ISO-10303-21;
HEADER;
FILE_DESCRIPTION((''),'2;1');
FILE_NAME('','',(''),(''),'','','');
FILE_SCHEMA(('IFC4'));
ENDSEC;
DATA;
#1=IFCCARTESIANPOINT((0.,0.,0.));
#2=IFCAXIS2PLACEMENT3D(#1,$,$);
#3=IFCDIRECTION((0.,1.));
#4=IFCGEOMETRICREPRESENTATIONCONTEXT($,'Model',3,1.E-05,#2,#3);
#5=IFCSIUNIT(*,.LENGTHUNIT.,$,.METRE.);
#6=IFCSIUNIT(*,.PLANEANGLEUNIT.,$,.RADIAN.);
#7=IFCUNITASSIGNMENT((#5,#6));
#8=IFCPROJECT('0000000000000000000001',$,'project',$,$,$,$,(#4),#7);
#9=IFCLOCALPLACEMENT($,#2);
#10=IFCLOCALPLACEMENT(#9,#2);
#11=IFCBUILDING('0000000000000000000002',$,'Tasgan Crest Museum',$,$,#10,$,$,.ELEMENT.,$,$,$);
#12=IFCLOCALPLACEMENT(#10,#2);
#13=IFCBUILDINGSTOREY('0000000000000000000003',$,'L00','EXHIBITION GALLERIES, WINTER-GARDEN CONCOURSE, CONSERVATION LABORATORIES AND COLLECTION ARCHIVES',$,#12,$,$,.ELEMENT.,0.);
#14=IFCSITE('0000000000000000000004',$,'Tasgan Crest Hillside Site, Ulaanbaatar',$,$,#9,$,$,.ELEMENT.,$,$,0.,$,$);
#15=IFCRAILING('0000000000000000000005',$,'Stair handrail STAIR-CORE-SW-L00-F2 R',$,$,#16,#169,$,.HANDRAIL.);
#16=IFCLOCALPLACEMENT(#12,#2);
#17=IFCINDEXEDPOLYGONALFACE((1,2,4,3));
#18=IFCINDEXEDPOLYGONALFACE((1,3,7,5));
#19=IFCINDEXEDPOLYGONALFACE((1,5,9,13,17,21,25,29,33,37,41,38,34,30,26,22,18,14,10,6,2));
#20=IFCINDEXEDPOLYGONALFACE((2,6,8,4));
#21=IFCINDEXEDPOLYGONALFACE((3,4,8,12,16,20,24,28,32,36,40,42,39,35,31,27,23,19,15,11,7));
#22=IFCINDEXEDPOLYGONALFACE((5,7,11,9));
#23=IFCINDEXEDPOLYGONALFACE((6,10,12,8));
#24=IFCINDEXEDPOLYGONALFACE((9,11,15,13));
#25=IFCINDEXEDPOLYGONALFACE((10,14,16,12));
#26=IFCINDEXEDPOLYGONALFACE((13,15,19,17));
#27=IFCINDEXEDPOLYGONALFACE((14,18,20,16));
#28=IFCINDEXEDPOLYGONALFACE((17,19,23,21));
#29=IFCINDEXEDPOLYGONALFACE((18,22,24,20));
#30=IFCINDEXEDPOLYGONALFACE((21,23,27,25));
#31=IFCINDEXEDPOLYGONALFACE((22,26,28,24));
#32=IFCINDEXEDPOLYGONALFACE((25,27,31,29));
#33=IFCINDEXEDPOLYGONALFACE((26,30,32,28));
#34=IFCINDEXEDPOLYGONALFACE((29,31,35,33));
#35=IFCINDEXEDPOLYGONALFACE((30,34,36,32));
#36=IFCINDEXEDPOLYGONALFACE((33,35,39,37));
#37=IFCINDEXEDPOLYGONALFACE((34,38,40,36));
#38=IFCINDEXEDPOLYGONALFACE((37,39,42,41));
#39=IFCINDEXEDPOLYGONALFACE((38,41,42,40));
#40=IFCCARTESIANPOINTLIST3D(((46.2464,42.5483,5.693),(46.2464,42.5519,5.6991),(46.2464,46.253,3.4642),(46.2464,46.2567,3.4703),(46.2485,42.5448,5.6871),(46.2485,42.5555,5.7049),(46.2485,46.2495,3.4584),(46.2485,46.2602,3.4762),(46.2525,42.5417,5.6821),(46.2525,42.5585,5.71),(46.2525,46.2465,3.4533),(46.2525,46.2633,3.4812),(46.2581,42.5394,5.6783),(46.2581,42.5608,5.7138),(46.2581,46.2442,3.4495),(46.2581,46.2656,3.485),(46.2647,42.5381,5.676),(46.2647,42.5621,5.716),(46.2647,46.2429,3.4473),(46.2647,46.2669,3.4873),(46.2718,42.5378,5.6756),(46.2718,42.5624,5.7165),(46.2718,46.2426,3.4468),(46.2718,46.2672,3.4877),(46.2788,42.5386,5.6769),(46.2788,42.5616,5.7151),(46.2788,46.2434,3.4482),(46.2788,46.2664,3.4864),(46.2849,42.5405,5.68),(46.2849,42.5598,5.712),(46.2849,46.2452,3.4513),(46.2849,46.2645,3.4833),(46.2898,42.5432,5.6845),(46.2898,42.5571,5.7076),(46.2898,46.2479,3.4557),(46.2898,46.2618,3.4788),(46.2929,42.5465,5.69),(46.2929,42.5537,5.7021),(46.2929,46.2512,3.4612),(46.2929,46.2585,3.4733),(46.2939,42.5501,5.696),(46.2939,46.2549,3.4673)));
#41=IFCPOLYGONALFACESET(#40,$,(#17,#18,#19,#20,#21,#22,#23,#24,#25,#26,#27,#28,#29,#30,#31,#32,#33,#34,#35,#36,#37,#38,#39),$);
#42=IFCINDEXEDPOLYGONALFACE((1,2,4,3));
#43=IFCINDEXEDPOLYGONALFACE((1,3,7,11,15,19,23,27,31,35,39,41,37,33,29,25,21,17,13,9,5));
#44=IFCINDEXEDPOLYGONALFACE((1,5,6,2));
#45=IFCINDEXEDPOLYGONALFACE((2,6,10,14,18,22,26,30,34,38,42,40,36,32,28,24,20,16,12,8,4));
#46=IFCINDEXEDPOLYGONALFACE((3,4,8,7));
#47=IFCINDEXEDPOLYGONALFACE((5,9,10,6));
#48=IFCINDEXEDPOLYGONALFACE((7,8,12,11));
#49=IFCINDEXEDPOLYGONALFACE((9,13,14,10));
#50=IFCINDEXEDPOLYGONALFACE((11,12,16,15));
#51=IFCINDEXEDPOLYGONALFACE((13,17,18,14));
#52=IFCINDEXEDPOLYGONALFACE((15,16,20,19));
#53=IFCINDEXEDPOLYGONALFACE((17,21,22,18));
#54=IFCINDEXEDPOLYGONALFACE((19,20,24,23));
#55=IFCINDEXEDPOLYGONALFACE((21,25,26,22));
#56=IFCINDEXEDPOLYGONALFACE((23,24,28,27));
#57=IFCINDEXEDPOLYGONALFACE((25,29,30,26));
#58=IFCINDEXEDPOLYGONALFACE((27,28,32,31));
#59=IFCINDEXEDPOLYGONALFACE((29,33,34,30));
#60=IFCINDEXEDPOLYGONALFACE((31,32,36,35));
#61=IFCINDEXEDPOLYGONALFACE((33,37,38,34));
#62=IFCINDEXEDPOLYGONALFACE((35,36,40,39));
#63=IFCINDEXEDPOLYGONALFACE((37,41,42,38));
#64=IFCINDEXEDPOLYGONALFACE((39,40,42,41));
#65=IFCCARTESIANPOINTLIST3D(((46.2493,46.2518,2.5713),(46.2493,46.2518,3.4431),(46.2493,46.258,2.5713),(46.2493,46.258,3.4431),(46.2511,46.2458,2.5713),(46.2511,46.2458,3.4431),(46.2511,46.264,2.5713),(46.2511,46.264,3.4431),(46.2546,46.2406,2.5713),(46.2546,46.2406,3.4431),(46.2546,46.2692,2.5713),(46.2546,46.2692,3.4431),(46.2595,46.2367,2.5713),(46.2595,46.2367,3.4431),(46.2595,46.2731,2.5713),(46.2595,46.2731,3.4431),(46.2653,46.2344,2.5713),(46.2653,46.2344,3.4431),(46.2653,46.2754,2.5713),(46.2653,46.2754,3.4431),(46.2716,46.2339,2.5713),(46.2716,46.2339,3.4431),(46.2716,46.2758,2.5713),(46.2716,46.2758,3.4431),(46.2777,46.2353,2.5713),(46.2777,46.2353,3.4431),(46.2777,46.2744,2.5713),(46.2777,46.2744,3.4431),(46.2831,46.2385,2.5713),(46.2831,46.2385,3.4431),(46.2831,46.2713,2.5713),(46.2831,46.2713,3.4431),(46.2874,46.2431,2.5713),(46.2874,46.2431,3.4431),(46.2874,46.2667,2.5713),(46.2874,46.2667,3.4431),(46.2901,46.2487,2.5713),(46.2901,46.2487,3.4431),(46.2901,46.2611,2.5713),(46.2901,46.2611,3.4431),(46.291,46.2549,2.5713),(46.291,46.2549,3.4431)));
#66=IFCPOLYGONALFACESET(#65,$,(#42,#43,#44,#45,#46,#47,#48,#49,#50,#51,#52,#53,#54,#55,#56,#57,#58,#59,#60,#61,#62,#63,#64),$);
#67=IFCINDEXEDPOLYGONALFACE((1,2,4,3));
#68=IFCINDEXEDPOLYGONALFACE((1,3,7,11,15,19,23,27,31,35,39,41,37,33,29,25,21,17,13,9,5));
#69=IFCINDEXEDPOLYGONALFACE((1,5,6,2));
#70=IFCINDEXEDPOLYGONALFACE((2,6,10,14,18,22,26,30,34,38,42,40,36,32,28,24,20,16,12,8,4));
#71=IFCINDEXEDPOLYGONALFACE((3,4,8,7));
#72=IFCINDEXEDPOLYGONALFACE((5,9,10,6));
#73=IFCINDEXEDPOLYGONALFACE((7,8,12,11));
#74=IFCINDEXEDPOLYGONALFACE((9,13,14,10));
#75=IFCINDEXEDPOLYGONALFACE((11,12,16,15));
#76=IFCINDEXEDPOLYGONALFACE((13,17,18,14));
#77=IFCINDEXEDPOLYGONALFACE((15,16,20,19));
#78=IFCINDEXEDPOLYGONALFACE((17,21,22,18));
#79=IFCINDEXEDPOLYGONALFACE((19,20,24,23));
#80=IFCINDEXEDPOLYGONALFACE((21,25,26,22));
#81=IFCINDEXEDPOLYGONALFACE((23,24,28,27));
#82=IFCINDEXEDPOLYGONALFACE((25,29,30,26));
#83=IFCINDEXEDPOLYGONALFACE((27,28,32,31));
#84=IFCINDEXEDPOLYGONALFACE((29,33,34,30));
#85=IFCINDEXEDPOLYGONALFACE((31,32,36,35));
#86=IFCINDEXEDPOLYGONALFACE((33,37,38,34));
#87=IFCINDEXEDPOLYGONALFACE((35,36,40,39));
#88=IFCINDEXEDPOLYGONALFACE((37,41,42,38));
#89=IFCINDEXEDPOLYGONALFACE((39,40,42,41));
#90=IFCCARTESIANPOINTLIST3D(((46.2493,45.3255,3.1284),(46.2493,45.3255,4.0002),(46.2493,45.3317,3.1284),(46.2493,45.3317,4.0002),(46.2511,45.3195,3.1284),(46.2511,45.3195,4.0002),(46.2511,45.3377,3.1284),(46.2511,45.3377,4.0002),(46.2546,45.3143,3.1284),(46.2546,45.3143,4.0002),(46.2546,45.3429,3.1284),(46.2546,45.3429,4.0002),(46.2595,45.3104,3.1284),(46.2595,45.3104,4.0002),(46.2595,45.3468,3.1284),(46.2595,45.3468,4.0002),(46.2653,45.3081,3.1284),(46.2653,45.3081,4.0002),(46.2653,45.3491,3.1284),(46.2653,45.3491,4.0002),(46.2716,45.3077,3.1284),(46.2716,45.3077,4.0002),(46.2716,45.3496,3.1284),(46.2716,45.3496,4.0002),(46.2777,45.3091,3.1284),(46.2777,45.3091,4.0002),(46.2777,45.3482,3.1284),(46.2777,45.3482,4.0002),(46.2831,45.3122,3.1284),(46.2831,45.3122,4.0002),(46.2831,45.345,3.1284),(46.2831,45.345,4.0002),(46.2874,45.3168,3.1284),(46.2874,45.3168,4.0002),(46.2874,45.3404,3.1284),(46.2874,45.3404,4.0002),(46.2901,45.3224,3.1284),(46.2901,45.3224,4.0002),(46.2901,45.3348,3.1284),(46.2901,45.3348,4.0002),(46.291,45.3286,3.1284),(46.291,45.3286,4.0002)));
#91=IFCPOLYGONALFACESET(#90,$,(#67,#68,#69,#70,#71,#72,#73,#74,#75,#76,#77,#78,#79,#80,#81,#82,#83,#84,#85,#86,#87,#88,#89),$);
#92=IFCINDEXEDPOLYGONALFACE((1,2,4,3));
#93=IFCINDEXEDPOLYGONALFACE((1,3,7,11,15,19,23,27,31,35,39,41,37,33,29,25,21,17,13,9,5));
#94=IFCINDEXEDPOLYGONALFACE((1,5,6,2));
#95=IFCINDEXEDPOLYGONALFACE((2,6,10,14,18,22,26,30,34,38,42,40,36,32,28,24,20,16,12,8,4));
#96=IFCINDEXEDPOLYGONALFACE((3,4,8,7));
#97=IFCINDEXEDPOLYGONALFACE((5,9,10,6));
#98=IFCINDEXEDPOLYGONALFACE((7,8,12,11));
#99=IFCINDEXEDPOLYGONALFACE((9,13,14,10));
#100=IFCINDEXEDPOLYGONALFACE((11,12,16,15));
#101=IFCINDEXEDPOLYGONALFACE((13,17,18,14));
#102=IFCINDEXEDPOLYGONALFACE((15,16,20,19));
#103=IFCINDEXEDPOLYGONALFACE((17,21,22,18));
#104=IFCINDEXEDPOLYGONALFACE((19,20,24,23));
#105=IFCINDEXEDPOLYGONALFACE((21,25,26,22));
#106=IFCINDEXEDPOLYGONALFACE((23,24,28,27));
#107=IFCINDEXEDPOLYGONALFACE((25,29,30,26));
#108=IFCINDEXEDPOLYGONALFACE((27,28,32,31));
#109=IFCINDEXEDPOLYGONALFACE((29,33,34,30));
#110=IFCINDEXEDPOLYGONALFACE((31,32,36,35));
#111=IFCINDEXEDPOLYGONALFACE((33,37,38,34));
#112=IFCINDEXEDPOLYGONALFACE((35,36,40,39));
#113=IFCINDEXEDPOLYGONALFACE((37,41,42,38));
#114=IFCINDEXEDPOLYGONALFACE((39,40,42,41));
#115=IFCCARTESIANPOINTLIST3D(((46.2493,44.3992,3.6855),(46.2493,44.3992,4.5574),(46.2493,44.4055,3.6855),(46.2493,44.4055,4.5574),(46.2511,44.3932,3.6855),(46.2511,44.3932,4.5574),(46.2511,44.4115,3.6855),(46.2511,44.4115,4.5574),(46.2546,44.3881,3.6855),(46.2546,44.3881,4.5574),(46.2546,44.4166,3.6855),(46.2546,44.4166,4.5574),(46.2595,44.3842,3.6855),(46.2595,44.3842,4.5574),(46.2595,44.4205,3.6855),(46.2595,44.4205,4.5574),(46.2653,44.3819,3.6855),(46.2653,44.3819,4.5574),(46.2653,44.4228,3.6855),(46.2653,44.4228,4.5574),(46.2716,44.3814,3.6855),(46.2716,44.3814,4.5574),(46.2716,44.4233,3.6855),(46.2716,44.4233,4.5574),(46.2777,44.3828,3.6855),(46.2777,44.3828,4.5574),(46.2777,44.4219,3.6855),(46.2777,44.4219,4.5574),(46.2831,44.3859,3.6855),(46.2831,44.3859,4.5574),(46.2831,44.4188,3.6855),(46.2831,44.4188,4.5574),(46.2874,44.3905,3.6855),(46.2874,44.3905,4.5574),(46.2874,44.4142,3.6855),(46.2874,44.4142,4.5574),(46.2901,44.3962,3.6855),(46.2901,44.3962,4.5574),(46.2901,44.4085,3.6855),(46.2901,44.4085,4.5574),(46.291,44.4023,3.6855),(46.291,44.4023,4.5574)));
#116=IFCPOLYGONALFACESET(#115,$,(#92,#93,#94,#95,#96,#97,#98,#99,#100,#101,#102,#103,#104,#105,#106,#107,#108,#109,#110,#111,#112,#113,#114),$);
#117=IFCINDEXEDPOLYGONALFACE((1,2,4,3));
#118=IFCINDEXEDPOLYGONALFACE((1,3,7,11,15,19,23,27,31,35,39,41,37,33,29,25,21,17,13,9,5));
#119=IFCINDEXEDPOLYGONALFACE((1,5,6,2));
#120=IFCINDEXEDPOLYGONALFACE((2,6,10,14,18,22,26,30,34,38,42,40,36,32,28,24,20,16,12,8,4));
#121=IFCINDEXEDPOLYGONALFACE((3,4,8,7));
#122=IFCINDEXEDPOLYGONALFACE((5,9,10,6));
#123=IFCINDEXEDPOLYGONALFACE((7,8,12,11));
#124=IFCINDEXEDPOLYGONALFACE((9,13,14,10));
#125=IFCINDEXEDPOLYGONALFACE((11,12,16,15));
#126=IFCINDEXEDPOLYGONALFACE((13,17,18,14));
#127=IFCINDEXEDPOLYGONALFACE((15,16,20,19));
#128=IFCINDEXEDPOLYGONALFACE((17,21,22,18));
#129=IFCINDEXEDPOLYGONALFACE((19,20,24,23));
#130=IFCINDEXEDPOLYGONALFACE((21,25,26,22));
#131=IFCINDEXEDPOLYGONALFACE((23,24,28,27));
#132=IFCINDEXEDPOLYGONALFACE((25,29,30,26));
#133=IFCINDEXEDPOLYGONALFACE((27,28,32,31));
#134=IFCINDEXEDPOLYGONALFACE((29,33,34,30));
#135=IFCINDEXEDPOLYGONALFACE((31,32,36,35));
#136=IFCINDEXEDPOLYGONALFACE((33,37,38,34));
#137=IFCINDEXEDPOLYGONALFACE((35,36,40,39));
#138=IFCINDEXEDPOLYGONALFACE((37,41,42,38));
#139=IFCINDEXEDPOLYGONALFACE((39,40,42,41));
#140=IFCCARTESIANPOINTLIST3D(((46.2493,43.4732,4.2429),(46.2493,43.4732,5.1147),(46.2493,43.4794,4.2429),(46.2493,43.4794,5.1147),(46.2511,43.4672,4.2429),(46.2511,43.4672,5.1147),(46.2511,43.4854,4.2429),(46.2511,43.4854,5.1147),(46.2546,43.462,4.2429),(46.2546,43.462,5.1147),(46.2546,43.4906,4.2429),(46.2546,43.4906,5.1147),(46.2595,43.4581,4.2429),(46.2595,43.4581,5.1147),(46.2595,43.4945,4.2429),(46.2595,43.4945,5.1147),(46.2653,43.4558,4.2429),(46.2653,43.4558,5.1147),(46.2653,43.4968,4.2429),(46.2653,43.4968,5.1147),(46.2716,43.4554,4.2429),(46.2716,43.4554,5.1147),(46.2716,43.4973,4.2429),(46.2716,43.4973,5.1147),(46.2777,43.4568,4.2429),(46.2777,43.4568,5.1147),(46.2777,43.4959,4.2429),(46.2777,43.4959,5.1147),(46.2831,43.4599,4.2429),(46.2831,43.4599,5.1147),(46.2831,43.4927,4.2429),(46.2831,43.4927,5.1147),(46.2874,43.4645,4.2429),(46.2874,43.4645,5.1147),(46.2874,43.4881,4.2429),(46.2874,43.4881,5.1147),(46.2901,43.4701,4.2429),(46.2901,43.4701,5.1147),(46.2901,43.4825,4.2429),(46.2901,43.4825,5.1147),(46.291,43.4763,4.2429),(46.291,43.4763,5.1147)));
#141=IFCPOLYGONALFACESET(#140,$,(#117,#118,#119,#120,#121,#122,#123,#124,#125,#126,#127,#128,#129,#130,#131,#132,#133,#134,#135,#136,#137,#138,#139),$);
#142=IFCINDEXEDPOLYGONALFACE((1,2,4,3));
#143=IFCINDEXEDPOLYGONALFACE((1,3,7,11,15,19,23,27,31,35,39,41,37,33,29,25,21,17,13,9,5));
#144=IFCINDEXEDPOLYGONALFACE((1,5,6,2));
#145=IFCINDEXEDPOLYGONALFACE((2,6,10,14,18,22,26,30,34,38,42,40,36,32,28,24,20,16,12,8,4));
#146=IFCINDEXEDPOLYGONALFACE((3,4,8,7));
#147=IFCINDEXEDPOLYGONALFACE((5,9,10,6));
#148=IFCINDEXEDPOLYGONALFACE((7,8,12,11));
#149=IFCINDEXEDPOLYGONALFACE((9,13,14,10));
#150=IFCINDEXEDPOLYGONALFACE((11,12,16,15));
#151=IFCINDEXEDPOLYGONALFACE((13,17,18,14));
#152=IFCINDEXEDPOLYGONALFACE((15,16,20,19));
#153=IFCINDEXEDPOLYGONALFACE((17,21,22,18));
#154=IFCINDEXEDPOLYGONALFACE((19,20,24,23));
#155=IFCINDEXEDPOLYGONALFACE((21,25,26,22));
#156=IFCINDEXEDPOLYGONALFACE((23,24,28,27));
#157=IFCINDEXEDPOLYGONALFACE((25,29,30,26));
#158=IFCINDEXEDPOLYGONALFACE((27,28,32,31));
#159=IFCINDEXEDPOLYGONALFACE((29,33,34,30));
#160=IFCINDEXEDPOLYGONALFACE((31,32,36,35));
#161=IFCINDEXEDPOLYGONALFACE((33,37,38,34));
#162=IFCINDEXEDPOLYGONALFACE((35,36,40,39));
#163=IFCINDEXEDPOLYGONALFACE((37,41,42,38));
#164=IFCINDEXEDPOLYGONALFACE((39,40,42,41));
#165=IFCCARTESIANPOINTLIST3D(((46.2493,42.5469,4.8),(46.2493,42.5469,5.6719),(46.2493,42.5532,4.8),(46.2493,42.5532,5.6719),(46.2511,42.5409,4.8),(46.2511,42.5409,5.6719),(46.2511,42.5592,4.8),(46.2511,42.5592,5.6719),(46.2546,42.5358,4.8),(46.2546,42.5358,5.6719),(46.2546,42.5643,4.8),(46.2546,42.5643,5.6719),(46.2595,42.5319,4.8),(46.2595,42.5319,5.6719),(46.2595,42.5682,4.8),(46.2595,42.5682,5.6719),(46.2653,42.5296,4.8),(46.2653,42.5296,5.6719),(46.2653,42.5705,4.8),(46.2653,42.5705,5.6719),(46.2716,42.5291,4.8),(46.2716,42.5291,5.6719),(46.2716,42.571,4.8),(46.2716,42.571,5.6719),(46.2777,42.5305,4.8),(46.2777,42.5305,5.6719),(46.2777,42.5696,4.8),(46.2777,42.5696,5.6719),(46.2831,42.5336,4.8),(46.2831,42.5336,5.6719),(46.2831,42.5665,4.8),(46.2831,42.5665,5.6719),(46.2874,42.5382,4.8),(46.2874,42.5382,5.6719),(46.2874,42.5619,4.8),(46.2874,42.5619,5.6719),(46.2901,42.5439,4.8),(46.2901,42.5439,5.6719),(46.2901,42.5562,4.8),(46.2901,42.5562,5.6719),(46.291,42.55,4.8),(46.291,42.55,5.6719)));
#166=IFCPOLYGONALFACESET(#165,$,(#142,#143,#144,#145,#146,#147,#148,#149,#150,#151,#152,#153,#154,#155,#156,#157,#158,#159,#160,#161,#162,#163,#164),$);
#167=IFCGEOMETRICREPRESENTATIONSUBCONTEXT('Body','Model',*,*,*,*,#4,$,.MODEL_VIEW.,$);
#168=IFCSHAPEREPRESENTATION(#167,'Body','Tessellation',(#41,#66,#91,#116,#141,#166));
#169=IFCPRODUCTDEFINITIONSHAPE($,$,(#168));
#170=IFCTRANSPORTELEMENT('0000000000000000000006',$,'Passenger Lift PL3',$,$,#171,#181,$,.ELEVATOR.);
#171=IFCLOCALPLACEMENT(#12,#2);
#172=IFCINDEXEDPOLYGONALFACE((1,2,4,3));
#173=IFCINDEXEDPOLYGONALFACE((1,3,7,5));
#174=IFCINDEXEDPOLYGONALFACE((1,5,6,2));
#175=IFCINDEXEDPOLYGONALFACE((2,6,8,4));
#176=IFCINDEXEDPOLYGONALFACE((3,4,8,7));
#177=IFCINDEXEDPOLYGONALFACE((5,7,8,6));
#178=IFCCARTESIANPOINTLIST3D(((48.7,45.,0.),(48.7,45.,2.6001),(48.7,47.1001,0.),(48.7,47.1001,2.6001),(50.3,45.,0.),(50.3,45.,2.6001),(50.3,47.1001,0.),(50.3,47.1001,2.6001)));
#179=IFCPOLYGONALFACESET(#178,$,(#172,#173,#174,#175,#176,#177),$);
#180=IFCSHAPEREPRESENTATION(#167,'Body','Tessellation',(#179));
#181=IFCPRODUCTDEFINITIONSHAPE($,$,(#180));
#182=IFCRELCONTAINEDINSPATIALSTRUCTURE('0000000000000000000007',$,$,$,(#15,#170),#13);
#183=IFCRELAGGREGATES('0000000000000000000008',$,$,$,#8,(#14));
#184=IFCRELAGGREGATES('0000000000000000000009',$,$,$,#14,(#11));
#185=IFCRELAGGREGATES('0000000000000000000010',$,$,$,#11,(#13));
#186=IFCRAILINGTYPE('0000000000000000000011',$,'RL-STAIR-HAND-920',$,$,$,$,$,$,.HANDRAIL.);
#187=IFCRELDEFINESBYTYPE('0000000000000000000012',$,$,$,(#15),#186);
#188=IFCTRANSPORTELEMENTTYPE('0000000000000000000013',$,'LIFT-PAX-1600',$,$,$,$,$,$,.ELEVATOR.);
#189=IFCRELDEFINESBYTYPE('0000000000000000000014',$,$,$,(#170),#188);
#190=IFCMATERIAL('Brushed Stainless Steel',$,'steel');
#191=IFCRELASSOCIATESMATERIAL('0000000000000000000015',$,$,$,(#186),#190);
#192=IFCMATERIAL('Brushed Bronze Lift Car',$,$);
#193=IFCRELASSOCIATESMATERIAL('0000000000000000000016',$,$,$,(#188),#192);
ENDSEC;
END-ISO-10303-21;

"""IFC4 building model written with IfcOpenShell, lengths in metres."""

from ifc_helpers import new_model, si_unit, direction, frame, origin, origin_2d, place, context, subcontext, project, spatial, rectangle, circle, extrude, material, type_object, element, save


model = new_model("IFC4")

# Units and contexts
model_context = context("Model", 3, precision=1e-05, world=origin(), true_north=direction((0.0, 1.0)))
body_context = subcontext(model_context, "Body", "Model", "MODEL_VIEW")
ifc_project = project(units=[si_unit("LENGTHUNIT", "METRE"), si_unit("PLANEANGLEUNIT", "RADIAN")], contexts=[model_context])

# Site, building, storey
site_placement = place(None, origin())
site = spatial("IfcSite", under=ifc_project, at=site_placement, Name="Tasgan Crest Hillside Site, Ulaanbaatar", CompositionType="ELEMENT", RefElevation=0.0)
building_placement = place(site_placement, origin())
building = spatial("IfcBuilding", under=site, at=building_placement, Name="Tasgan Crest Museum", CompositionType="ELEMENT")
storey_placement = place(building_placement, origin())
storey = spatial("IfcBuildingStorey", under=building, at=storey_placement, Name="L00", Description="EXHIBITION GALLERIES, WINTER-GARDEN CONCOURSE, CONSERVATION LABORATORIES AND COLLECTION ARCHIVES", CompositionType="ELEMENT", Elevation=0.0)

# Railing
ifc_material_1 = material(Name="Brushed Stainless Steel", Category="steel")
railing_type_1 = type_object("IfcRailingType", Name="RL-STAIR-HAND-920", PredefinedType="HANDRAIL", material=ifc_material_1)
for number, where, name in (
    (1, (46.27, 46.2549, 2.5713), "Stair handrail STAIR-CORE-SW-L00-F2 R"),
):
    element("IfcRailing", number, at=place(storey_placement, frame(where)), inside=storey, type_object=railing_type_1, Name=name, PredefinedType="HANDRAIL", context=body_context, shape_type="SweptSolid", body=[
        extrude(circle(Radius=0.0239, at=origin_2d()), frame((0.0, 0.0, 0.896), z_axis=(0.0, -0.856894, 0.515492), x_axis=(1.0, 0.0, 0.0)), (0.0, 0.0, 1.0), 4.3235),
        extrude(circle(Radius=0.021, at=origin_2d()), origin(), (0.0, 0.0, 1.0), 0.8718),
        extrude(circle(Radius=0.021, at=origin_2d()), frame((0.0, -0.9263, 0.5571)), (0.0, 0.0, 1.0), 0.8718),
        extrude(circle(Radius=0.021, at=origin_2d()), frame((0.0, -1.8525, 1.1143)), (0.0, 0.0, 1.0), 0.8718),
        extrude(circle(Radius=0.021, at=origin_2d()), frame((0.0, -2.7786, 1.6716)), (0.0, 0.0, 1.0), 0.8718),
        extrude(circle(Radius=0.021, at=origin_2d()), frame((0.0, -3.7048, 2.2288)), (0.0, 0.0, 1.0), 0.8718),
    ])

# Transport element
ifc_material_2 = material(Name="Brushed Bronze Lift Car")
transport_element_type = type_object("IfcTransportElementType", Name="LIFT-PAX-1600", PredefinedType="ELEVATOR", material=ifc_material_2)
transport_element_placement = place(storey_placement, frame((49.5, 46.05, 0.0), z_axis=(0.0, 0.0, 1.0), x_axis=(1.0, 0.0, 0.0)))
element("IfcTransportElement", 2, at=transport_element_placement, inside=storey, type_object=transport_element_type, Name="Passenger Lift PL3", PredefinedType="ELEVATOR", context=body_context, shape_type="SweptSolid", body=[
    extrude(rectangle(XDim=1.6001, YDim=2.1001, at=origin_2d()), origin(), (0.0, 0.0, 1.0), 2.6001),
])

save(model, "model.ifc")
